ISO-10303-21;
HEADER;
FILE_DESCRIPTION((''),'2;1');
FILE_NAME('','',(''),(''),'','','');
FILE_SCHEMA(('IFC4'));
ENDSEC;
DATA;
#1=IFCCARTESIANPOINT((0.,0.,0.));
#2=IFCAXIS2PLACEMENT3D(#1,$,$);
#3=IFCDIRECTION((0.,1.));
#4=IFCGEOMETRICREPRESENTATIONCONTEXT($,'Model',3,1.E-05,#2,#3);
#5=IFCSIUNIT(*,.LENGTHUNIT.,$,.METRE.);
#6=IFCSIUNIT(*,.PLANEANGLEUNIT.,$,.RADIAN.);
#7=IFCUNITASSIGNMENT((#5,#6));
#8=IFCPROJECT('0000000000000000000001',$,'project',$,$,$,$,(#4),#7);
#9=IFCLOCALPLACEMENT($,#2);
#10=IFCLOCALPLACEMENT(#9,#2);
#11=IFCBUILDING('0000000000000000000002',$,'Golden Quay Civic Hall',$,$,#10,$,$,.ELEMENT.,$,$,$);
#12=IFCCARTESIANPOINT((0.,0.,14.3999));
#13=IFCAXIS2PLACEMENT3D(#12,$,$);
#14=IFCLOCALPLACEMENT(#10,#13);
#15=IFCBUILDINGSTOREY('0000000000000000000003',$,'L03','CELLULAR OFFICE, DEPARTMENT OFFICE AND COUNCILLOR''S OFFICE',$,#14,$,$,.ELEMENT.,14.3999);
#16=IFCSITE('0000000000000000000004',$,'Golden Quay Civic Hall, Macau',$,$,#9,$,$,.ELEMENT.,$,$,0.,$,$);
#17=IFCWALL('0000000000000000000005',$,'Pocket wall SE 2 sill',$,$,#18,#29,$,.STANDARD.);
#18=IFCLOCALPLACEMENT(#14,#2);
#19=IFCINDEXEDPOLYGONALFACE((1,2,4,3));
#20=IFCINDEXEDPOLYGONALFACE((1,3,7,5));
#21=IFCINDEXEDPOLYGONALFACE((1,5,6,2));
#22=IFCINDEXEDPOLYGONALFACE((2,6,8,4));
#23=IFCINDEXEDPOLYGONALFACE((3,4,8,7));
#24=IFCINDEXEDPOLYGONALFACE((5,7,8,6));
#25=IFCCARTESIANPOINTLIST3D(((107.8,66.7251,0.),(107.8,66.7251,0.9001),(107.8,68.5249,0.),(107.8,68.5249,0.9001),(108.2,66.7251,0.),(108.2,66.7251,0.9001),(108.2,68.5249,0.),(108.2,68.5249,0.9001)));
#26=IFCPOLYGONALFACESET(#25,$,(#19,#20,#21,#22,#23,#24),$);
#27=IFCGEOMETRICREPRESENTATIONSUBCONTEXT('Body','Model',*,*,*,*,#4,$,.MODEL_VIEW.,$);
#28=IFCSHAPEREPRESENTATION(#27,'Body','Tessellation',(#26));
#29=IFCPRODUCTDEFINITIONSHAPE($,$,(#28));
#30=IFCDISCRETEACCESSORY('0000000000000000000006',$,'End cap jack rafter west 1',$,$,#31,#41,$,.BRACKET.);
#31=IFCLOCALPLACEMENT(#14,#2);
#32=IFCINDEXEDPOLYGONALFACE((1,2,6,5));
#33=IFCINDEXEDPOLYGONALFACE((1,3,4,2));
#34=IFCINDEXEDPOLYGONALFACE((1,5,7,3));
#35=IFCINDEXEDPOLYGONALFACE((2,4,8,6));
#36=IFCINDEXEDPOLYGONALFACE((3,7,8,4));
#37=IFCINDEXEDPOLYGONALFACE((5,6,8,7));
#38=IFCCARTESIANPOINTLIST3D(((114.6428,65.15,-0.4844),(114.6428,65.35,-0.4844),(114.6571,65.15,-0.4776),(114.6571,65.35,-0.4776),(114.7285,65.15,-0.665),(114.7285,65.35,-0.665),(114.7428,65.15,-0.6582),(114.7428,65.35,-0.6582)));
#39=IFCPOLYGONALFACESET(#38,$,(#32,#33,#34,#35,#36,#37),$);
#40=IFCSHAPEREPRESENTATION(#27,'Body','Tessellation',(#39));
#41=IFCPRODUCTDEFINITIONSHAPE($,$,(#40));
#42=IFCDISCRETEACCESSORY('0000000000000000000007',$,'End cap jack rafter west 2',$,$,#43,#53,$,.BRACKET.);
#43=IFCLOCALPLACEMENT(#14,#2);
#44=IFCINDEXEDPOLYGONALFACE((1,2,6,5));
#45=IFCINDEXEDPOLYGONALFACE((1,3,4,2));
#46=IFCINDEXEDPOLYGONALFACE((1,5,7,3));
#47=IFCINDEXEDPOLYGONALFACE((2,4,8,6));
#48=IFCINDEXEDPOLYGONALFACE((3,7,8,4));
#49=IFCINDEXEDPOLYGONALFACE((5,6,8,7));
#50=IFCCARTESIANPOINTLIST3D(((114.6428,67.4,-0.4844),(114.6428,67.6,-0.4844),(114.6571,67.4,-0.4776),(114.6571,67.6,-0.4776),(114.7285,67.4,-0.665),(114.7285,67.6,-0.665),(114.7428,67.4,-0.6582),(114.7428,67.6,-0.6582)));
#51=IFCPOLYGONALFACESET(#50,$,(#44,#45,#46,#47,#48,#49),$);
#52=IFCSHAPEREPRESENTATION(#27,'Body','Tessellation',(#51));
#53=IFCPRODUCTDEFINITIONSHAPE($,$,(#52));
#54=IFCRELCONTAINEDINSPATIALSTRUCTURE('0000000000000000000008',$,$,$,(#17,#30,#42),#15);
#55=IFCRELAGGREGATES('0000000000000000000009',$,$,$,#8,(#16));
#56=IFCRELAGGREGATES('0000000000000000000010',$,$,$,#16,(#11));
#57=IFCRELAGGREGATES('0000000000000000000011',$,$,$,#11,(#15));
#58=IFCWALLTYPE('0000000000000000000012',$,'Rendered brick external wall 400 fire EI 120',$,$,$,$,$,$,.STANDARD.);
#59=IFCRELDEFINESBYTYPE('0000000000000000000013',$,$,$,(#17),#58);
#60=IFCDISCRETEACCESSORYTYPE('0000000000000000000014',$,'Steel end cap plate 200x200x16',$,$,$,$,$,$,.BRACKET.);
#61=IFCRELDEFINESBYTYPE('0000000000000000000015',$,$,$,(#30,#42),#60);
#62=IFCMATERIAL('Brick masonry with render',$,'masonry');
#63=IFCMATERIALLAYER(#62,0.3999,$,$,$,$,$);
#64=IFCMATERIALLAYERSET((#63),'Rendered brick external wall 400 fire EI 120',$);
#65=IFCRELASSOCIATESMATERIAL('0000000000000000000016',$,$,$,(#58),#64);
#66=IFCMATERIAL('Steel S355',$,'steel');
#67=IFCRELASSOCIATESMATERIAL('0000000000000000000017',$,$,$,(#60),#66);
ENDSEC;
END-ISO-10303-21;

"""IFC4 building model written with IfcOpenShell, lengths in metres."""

from ifc_helpers import new_model, si_unit, direction, frame, frame_2d, origin, origin_2d, place, context, subcontext, project, spatial, rectangle, extrude, material, layer, layer_set, material_profile, profile_set, type_object, element, save


model = new_model("IFC4")

# Units and contexts
model_context = context("Model", 3, precision=1e-05, world=origin(), true_north=direction((0.0, 1.0)))
body_context = subcontext(model_context, "Body", "Model", "MODEL_VIEW")
ifc_project = project(units=[si_unit("LENGTHUNIT", "METRE"), si_unit("PLANEANGLEUNIT", "RADIAN")], contexts=[model_context])

# Site, building, storey
site_placement = place(None, origin())
site = spatial("IfcSite", under=ifc_project, at=site_placement, Name="Golden Quay Civic Hall, Macau", CompositionType="ELEMENT", RefElevation=0.0)
building_placement = place(site_placement, origin())
building = spatial("IfcBuilding", under=site, at=building_placement, Name="Golden Quay Civic Hall", CompositionType="ELEMENT")
storey_placement = place(building_placement, frame((0.0, 0.0, 14.3999)))
storey = spatial("IfcBuildingStorey", under=building, at=storey_placement, Name="L03", Description="CELLULAR OFFICE, DEPARTMENT OFFICE AND COUNCILLOR'S OFFICE", CompositionType="ELEMENT", Elevation=14.3999)

# Wall
ifc_material_1 = material(Name="Brick masonry with render", Category="masonry")
ifc_layer_1 = layer(ifc_material_1, 0.3999)
ifc_layer_set_1 = layer_set([ifc_layer_1], Name="Rendered brick external wall 400 fire EI 120")
wall_type_1 = type_object("IfcWallType", Name="Rendered brick external wall 400 fire EI 120", PredefinedType="STANDARD", material=ifc_layer_set_1)
wall_1_placement = place(storey_placement, frame((108.0, 66.7251, 0.0), z_axis=(0.0, 0.0, 1.0), x_axis=(0.0, 1.0, 0.0)))
element("IfcWall", 1, at=wall_1_placement, inside=storey, type_object=wall_type_1, Name="Pocket wall SE 2 sill", PredefinedType="STANDARD", context=body_context, shape_type="SweptSolid", body=[
    extrude(rectangle(XDim=1.7998, YDim=0.3999, at=frame_2d((0.8999, 0.0))), origin(), (0.0, 0.0, 1.0), 0.9001),
])

# Discrete accessories
ifc_material_2 = material(Name="Steel S355", Category="steel")
ifc_material_profile_1 = material_profile(ifc_material_2, rectangle(XDim=0.2, YDim=0.2, at=origin_2d()), Name="Steel end cap plate 200x200x16")
ifc_profile_set_1 = profile_set([ifc_material_profile_1], Name="Steel S355")
discrete_accessory_type = type_object("IfcDiscreteAccessoryType", Name="Steel end cap plate 200x200x16", PredefinedType="BRACKET", material=ifc_profile_set_1)
for number, where, z_axis, x_axis, name in (
    (2, (114.7, 65.25, -0.5679), (-0.903426, 0.0, -0.428744), (0.0, -1.0, 0.0), "End cap jack rafter west 1"),
    (3, (114.7, 67.5, -0.5679), (-0.903426, 0.0, -0.428744), (0.0, -1.0, 0.0), "End cap jack rafter west 2"),
):
    element("IfcDiscreteAccessory", number, at=place(storey_placement, frame(where, z_axis=z_axis, x_axis=x_axis)), inside=storey, type_object=discrete_accessory_type, Name=name, PredefinedType="BRACKET", context=body_context, shape_type="SweptSolid", body=[
        extrude(rectangle(XDim=0.2, YDim=0.2, at=origin_2d()), origin(), (0.0, 0.0, 1.0), 0.0159),
    ])

save(model, "model.ifc")
